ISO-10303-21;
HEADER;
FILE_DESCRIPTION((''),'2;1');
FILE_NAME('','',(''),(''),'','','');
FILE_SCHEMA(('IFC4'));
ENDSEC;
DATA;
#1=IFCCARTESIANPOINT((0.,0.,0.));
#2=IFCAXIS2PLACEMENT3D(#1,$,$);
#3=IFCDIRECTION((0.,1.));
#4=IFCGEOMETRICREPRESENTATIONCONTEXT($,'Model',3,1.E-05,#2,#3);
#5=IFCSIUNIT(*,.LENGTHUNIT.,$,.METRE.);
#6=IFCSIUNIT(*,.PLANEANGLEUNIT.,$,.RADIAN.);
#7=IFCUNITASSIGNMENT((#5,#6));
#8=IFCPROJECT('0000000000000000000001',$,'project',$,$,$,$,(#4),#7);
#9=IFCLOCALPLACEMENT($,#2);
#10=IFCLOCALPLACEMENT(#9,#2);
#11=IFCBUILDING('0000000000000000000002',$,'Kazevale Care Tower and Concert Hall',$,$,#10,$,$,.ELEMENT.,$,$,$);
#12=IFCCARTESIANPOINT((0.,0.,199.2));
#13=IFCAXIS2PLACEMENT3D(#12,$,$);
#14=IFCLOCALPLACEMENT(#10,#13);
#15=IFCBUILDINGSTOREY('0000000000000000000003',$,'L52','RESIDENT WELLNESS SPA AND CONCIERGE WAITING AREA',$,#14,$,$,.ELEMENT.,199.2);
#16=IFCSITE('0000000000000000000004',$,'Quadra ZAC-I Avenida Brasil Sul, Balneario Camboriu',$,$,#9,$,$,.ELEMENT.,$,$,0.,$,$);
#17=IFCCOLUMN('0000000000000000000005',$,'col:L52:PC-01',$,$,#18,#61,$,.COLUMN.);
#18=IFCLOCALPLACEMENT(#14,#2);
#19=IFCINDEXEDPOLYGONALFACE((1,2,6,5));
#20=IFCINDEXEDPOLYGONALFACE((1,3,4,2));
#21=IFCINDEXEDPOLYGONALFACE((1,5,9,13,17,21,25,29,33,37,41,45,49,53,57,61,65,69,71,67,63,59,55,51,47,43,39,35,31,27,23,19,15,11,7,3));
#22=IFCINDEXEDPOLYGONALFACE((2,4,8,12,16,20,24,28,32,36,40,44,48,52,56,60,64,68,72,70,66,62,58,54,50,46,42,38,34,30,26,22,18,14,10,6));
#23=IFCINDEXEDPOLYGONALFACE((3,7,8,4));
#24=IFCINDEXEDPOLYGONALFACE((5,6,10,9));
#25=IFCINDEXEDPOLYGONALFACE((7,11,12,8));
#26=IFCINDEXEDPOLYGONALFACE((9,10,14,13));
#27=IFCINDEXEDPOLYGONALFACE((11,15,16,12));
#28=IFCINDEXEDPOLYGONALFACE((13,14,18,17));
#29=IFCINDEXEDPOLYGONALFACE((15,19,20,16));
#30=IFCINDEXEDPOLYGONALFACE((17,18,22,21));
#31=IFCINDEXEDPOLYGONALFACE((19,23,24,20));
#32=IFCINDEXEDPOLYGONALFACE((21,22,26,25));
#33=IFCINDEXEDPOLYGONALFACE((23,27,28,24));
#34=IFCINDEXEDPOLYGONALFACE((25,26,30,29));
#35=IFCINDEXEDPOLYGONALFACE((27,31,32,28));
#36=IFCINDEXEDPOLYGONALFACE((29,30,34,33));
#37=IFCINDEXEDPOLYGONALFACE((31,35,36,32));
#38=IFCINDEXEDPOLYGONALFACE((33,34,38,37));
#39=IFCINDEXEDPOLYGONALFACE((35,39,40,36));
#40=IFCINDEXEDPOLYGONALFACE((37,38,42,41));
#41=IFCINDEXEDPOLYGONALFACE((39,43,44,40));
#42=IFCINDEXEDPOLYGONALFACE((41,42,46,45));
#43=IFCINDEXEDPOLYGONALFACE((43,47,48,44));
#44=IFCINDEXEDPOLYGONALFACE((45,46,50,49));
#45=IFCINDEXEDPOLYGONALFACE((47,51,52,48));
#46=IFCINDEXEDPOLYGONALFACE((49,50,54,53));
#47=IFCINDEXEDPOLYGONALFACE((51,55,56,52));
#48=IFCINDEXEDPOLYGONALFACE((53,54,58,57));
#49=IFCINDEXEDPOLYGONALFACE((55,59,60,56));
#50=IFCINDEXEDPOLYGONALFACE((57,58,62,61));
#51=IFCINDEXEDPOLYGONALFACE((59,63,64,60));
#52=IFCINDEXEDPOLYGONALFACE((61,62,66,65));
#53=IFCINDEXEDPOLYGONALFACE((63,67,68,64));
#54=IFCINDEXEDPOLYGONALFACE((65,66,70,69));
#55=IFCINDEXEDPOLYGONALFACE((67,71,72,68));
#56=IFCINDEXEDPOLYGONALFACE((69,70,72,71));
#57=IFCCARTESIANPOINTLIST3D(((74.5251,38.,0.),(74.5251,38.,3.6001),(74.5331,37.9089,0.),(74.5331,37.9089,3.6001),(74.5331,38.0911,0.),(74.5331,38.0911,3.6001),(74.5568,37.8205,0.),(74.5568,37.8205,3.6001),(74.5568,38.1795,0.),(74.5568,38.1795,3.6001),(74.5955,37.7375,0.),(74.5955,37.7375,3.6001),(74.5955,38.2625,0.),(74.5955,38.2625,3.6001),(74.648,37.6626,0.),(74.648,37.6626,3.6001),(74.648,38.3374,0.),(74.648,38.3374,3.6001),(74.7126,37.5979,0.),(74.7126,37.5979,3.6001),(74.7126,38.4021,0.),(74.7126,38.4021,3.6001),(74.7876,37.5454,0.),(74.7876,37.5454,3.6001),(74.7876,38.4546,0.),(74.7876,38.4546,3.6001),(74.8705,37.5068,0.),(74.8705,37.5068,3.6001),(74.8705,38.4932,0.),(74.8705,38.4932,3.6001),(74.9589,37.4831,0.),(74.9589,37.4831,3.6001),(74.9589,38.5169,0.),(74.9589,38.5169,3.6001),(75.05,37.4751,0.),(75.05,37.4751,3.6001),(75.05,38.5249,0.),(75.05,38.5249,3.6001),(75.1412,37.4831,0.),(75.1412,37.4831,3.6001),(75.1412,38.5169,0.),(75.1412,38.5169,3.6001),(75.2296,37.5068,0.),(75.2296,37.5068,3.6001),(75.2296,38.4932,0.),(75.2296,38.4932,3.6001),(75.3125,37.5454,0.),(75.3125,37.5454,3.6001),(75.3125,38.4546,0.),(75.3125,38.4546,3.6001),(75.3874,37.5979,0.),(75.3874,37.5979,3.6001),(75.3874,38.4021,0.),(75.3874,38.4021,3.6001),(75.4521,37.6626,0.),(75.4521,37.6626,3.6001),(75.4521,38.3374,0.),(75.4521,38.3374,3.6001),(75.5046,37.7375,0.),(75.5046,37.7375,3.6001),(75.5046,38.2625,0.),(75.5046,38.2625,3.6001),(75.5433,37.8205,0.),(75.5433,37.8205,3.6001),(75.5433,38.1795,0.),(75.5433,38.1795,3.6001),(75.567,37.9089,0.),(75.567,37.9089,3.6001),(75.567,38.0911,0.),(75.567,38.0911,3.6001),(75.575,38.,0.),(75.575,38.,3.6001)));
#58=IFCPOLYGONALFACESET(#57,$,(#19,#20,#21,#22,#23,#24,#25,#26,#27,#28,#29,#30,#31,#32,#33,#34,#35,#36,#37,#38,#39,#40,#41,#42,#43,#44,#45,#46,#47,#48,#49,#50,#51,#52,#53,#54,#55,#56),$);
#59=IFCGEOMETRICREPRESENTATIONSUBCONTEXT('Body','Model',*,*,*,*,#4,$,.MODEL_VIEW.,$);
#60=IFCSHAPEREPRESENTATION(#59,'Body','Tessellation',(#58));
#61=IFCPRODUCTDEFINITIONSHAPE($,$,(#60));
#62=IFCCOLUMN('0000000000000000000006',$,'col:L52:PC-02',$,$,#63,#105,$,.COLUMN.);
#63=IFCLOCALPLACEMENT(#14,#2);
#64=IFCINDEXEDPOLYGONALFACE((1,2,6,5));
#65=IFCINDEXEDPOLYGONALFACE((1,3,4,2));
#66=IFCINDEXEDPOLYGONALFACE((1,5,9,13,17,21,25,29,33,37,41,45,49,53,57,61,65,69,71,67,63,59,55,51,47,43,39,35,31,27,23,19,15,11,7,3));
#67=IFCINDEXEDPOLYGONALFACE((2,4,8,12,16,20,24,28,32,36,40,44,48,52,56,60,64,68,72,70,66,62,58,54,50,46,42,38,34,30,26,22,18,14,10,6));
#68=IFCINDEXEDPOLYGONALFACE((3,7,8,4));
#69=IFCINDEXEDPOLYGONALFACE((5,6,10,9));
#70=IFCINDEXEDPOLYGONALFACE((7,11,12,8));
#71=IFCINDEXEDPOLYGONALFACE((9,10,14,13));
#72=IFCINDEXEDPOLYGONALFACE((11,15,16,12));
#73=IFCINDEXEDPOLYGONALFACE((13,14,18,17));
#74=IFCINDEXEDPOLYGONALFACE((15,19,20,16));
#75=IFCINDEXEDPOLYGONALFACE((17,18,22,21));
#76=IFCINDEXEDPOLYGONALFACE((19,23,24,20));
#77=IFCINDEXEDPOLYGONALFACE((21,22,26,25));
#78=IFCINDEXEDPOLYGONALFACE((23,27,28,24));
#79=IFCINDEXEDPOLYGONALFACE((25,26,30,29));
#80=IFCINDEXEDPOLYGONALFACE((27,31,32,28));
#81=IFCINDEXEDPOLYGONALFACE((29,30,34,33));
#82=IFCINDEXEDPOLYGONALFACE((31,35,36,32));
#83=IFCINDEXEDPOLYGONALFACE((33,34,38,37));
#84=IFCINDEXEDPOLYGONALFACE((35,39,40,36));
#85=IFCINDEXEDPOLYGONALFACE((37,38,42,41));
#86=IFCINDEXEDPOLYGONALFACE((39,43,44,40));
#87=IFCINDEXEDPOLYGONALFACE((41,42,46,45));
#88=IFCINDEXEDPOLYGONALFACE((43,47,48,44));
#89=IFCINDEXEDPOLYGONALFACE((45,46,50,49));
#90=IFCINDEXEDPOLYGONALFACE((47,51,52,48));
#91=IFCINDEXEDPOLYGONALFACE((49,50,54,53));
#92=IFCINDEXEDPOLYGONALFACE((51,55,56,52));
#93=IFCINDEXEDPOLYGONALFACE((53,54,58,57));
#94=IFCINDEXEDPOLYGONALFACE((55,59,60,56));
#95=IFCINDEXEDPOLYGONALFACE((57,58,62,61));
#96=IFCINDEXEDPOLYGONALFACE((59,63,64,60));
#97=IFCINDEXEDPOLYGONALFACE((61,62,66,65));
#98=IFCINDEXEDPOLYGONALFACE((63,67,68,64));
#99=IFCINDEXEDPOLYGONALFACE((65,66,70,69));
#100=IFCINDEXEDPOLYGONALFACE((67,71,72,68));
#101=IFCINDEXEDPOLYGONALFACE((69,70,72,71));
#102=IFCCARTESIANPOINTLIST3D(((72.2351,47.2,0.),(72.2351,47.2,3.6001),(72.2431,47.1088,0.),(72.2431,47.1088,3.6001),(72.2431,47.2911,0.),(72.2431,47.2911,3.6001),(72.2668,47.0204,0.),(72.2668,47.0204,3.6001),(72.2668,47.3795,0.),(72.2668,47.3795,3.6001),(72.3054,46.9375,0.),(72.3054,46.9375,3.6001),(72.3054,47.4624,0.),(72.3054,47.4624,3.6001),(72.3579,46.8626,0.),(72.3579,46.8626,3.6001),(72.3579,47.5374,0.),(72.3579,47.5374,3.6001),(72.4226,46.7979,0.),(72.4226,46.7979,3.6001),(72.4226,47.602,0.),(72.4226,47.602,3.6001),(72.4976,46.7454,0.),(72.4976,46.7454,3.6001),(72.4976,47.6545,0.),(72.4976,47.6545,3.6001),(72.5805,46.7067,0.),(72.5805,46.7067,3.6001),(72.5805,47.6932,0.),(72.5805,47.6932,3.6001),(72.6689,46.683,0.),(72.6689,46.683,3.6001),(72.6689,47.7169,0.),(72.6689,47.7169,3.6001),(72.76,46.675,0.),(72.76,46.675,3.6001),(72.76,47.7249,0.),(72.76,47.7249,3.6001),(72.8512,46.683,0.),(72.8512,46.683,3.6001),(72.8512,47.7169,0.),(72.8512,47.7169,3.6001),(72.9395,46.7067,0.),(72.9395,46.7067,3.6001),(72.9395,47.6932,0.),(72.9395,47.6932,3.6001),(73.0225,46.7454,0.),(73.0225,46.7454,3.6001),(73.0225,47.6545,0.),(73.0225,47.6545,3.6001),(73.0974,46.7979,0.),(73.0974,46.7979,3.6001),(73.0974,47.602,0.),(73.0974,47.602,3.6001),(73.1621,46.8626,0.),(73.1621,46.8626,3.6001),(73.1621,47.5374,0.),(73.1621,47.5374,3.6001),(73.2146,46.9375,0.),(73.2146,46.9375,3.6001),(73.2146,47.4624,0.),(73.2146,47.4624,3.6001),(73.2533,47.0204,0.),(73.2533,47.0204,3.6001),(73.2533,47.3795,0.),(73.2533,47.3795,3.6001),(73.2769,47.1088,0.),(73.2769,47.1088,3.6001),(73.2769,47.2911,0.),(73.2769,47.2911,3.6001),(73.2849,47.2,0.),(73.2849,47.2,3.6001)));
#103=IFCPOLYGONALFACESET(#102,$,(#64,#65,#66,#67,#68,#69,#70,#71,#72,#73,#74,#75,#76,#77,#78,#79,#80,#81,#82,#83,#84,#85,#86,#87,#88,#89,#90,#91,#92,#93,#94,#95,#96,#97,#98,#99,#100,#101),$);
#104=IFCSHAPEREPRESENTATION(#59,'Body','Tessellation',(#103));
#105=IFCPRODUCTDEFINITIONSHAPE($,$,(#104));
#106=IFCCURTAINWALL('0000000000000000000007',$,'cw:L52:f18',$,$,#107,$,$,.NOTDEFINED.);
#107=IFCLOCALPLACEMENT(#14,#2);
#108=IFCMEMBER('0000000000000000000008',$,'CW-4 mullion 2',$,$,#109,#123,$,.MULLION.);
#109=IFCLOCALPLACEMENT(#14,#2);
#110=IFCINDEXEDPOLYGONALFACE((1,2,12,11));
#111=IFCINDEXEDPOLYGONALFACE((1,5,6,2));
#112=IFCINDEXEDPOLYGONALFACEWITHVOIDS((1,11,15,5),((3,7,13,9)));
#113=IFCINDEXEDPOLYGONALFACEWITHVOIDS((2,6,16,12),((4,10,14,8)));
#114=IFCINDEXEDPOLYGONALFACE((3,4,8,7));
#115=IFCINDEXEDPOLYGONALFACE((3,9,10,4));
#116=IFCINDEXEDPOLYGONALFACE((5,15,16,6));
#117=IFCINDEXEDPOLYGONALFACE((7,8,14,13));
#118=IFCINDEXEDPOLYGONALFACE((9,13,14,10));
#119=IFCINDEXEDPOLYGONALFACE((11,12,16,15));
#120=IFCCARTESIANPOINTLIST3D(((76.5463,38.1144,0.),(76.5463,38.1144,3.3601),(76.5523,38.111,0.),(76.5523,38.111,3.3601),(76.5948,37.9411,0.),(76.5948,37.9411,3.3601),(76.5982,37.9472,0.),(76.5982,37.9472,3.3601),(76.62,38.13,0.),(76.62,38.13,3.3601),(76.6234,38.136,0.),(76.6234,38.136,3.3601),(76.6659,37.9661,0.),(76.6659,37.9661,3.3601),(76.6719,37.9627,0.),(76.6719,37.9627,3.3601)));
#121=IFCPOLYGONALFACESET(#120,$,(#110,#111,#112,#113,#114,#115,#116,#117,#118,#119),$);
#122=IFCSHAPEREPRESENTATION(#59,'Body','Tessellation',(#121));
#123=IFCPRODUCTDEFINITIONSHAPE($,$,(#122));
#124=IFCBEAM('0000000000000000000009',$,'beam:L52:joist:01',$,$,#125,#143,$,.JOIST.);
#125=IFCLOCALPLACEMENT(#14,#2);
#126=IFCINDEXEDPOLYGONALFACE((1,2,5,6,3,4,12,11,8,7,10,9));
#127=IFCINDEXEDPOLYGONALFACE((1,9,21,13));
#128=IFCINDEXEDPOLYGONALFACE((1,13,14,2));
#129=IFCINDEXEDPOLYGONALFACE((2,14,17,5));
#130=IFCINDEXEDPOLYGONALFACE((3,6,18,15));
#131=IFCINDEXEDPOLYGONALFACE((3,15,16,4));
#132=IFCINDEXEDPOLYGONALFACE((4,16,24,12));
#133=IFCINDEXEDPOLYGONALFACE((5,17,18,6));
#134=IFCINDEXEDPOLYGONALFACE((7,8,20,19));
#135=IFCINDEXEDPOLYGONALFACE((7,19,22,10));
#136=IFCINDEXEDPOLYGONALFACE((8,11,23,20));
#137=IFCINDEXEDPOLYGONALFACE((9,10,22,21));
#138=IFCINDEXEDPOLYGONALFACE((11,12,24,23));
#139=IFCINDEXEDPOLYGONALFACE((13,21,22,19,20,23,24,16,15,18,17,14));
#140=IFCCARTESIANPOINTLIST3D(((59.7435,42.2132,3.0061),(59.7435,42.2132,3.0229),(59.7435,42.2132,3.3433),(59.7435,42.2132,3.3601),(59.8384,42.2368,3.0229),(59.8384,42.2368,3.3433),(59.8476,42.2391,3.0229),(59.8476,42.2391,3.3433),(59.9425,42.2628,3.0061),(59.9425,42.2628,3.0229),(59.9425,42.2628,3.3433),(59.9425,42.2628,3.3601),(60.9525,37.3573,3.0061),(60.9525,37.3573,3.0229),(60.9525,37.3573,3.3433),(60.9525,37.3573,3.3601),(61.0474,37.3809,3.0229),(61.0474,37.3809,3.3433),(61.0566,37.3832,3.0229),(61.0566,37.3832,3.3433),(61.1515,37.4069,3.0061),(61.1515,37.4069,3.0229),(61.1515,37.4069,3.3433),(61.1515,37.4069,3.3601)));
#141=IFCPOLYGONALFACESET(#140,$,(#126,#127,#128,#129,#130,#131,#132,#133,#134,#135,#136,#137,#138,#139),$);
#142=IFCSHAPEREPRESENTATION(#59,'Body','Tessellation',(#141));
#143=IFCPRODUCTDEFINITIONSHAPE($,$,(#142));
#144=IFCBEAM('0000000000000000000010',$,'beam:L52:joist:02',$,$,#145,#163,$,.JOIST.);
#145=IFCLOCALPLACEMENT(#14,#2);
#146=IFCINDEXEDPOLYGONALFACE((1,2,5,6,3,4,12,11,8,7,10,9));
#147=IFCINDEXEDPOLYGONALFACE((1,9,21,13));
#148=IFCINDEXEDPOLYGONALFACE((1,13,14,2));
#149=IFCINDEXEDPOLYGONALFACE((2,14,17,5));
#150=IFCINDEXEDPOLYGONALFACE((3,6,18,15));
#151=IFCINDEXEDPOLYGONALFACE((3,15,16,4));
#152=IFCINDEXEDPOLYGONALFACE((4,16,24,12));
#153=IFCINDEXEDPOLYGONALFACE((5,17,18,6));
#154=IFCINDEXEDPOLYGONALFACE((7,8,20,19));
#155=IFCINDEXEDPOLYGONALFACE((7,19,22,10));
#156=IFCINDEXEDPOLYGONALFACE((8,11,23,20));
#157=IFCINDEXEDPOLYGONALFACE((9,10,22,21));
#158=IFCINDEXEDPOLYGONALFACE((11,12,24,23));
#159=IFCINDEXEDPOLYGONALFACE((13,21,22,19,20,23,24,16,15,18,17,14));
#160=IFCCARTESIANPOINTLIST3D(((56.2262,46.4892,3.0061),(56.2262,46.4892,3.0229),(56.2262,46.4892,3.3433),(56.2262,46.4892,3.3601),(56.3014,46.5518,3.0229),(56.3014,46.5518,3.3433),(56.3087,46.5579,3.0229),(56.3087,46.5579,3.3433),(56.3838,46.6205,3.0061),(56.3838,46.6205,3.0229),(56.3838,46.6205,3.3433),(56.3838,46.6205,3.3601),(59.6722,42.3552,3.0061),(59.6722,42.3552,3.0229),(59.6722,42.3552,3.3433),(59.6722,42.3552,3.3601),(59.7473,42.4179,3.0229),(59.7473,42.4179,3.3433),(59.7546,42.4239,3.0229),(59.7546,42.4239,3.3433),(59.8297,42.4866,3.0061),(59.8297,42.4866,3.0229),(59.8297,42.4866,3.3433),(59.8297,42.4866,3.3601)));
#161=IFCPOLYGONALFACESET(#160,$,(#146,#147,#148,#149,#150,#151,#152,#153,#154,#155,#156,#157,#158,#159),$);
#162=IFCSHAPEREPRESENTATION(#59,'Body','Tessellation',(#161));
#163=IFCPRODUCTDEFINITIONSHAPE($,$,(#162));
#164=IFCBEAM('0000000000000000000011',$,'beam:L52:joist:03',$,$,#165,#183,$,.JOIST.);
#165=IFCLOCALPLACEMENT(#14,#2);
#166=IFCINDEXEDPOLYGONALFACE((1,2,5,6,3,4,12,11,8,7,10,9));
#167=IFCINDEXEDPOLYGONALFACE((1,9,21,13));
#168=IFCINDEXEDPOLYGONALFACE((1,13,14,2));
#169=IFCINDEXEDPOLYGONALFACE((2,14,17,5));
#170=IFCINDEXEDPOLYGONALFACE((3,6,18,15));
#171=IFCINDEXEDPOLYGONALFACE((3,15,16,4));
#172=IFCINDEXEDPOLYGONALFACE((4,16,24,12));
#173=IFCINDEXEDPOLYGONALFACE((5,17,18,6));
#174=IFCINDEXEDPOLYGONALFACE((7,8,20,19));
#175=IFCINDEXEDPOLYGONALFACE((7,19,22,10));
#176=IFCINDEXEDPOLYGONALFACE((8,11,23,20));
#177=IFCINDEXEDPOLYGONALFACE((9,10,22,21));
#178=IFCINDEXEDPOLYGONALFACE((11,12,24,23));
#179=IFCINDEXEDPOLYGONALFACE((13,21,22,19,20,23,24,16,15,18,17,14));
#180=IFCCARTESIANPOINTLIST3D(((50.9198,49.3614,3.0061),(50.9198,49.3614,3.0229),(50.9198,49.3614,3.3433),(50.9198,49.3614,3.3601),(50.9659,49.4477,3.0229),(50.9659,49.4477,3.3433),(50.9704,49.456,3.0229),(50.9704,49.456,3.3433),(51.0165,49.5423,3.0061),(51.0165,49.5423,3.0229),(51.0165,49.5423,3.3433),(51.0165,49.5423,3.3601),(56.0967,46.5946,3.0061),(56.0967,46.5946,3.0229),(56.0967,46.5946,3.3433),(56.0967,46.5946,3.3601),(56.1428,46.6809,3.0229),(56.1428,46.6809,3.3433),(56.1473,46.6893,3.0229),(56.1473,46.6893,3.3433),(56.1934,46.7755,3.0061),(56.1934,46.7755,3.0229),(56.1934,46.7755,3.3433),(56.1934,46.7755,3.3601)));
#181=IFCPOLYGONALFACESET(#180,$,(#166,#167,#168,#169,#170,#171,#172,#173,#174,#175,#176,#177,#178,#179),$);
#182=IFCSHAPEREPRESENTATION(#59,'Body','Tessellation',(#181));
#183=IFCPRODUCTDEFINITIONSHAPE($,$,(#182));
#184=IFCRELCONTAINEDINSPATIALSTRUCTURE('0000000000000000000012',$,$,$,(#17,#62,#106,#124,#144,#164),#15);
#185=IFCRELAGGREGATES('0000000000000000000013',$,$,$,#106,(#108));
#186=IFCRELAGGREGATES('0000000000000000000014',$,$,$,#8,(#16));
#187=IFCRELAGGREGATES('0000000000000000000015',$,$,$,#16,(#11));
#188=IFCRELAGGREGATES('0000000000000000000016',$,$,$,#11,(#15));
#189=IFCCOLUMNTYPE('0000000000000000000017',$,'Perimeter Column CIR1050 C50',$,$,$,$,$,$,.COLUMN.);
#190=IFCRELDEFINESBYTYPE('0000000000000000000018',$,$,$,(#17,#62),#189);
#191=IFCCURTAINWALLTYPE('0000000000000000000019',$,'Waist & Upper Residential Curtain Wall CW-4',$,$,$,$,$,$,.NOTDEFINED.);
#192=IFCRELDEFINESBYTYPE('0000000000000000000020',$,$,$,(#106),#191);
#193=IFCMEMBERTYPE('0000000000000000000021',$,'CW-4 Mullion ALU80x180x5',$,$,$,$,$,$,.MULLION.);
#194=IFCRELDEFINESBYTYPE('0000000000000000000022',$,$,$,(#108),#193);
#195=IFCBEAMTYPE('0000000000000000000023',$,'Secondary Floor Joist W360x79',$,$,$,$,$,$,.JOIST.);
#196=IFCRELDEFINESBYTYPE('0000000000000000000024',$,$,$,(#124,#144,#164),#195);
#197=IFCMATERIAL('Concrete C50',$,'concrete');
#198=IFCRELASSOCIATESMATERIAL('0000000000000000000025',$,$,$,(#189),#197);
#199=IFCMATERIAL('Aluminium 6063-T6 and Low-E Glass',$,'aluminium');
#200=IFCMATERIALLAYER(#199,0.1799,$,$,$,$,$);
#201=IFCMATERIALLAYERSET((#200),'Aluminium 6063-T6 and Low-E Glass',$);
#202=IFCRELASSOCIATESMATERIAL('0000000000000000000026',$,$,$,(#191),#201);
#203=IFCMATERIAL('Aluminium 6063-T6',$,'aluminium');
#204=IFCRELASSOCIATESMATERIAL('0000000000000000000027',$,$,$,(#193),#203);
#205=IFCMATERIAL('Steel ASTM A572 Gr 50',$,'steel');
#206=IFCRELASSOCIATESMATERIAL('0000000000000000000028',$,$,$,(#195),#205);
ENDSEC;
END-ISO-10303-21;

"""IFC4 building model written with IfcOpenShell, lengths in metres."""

from ifc_helpers import new_model, si_unit, direction, frame, origin, origin_2d, place, context, subcontext, project, spatial, hollow_rectangle, circle, i_section, extrude, material, layer, layer_set, material_profile, profile_set, type_object, element, aggregate, save


model = new_model("IFC4")

# Units and contexts
model_context = context("Model", 3, precision=1e-05, world=origin(), true_north=direction((0.0, 1.0)))
body_context = subcontext(model_context, "Body", "Model", "MODEL_VIEW")
ifc_project = project(units=[si_unit("LENGTHUNIT", "METRE"), si_unit("PLANEANGLEUNIT", "RADIAN")], contexts=[model_context])

# Site, building, storey
site_placement = place(None, origin())
site = spatial("IfcSite", under=ifc_project, at=site_placement, Name="Quadra ZAC-I Avenida Brasil Sul, Balneario Camboriu", CompositionType="ELEMENT", RefElevation=0.0)
building_placement = place(site_placement, origin())
building = spatial("IfcBuilding", under=site, at=building_placement, Name="Kazevale Care Tower and Concert Hall", CompositionType="ELEMENT")
storey_placement = place(building_placement, frame((0.0, 0.0, 199.2)))
storey = spatial("IfcBuildingStorey", under=building, at=storey_placement, Name="L52", Description="RESIDENT WELLNESS SPA AND CONCIERGE WAITING AREA", CompositionType="ELEMENT", Elevation=199.2)

# Columns
ifc_material_1 = material(Name="Concrete C50", Category="concrete")
ifc_material_profile_1 = material_profile(ifc_material_1, circle(Radius=0.5249, at=origin_2d()), Name="RC-CIR1050")
ifc_profile_set_1 = profile_set([ifc_material_profile_1], Name="Concrete C50")
column_type = type_object("IfcColumnType", Name="Perimeter Column CIR1050 C50", PredefinedType="COLUMN", material=ifc_profile_set_1)
for number, where, z_axis, x_axis, name in (
    (1, (75.05, 38.0, 0.0), (0.0, 0.0, 1.0), (1.0, 0.0, 0.0), "col:L52:PC-01"),
    (2, (72.76, 47.2, 0.0), (0.0, 0.0, 1.0), (1.0, 0.0, 0.0), "col:L52:PC-02"),
):
    element("IfcColumn", number, at=place(storey_placement, frame(where, z_axis=z_axis, x_axis=x_axis)), inside=storey, type_object=column_type, Name=name, PredefinedType="COLUMN", context=body_context, shape_type="SweptSolid", body=[
        extrude(circle(Radius=0.5249, at=origin_2d()), origin(), (0.0, 0.0, 1.0), 3.6001),
    ])

# Curtain wall, member
ifc_material_2 = material(Name="Aluminium 6063-T6 and Low-E Glass", Category="aluminium")
ifc_layer_1 = layer(ifc_material_2, 0.1799)
ifc_layer_set_1 = layer_set([ifc_layer_1], Name="Aluminium 6063-T6 and Low-E Glass")
curtain_wall_type = type_object("IfcCurtainWallType", Name="Waist & Upper Residential Curtain Wall CW-4", PredefinedType="NOTDEFINED", material=ifc_layer_set_1)
curtain_wall_placement = place(storey_placement, origin())
curtain_wall = element("IfcCurtainWall", 3, at=curtain_wall_placement, inside=storey, type_object=curtain_wall_type, Name="cw:L52:f18", PredefinedType="NOTDEFINED")
ifc_material_3 = material(Name="Aluminium 6063-T6", Category="aluminium")
ifc_material_profile_2 = material_profile(ifc_material_3, hollow_rectangle(XDim=0.0801, YDim=0.1799, WallThickness=0.0049, at=origin_2d()), Name="ALU80x180x5")
ifc_profile_set_2 = profile_set([ifc_material_profile_2], Name="Aluminium 6063-T6")
member_type = type_object("IfcMemberType", Name="CW-4 Mullion ALU80x180x5", PredefinedType="MULLION", material=ifc_profile_set_2)
member_placement = place(storey_placement, frame((76.6091, 38.0386, 0.0), z_axis=(0.0, 0.0, 1.0), x_axis=(0.962972, 0.269601, 0.0)))
member = element("IfcMember", 4, at=member_placement, type_object=member_type, Name="CW-4 mullion 2", PredefinedType="MULLION", context=body_context, shape_type="SweptSolid", body=[
    extrude(hollow_rectangle(XDim=0.0801, YDim=0.1799, WallThickness=0.0049, at=origin_2d()), origin(), (0.0, 0.0, 1.0), 3.3601),
])

# Beams
ifc_material_4 = material(Name="Steel ASTM A572 Gr 50", Category="steel")
ifc_material_profile_3 = material_profile(ifc_material_4, i_section(OverallWidth=0.2051, OverallDepth=0.354, WebThickness=0.0095, FlangeThickness=0.0168, at=origin_2d()), Name="W360x79")
ifc_profile_set_3 = profile_set([ifc_material_profile_3], Name="Steel ASTM A572 Gr 50")
beam_type_1 = type_object("IfcBeamType", Name="Secondary Floor Joist W360x79", PredefinedType="JOIST", material=ifc_profile_set_3)
beam_1_placement = place(storey_placement, frame((61.052, 37.3821, 3.1831), z_axis=(-0.241594, 0.970377, 0.0), x_axis=(-0.970377, -0.241594, 0.0)))
element("IfcBeam", 5, at=beam_1_placement, inside=storey, type_object=beam_type_1, Name="beam:L52:joist:01", PredefinedType="JOIST", context=body_context, shape_type="SweptSolid", body=[
    extrude(i_section(OverallWidth=0.2051, OverallDepth=0.354, WebThickness=0.0095, FlangeThickness=0.0168, at=origin_2d()), origin(), (0.0, 0.0, 1.0), 5.0042),
])
beam_2_placement = place(storey_placement, frame((59.751, 42.4209, 3.1831), z_axis=(-0.640296, 0.768128, 0.0), x_axis=(-0.768128, -0.640296, 0.0)))
element("IfcBeam", 6, at=beam_2_placement, inside=storey, type_object=beam_type_1, Name="beam:L52:joist:02", PredefinedType="JOIST", context=body_context, shape_type="SweptSolid", body=[
    extrude(i_section(OverallWidth=0.2051, OverallDepth=0.354, WebThickness=0.0095, FlangeThickness=0.0168, at=origin_2d()), origin(), (0.0, 0.0, 1.0), 5.3818),
])
beam_3_placement = place(storey_placement, frame((56.145, 46.6851, 3.1831), z_axis=(-0.881944, 0.471354, 0.0), x_axis=(-0.471354, -0.881944, 0.0)))
element("IfcBeam", 7, at=beam_3_placement, inside=storey, type_object=beam_type_1, Name="beam:L52:joist:03", PredefinedType="JOIST", context=body_context, shape_type="SweptSolid", body=[
    extrude(i_section(OverallWidth=0.2051, OverallDepth=0.354, WebThickness=0.0095, FlangeThickness=0.0168, at=origin_2d()), origin(), (0.0, 0.0, 1.0), 5.8699),
])

aggregate(curtain_wall, [member])

save(model, "model.ifc")
